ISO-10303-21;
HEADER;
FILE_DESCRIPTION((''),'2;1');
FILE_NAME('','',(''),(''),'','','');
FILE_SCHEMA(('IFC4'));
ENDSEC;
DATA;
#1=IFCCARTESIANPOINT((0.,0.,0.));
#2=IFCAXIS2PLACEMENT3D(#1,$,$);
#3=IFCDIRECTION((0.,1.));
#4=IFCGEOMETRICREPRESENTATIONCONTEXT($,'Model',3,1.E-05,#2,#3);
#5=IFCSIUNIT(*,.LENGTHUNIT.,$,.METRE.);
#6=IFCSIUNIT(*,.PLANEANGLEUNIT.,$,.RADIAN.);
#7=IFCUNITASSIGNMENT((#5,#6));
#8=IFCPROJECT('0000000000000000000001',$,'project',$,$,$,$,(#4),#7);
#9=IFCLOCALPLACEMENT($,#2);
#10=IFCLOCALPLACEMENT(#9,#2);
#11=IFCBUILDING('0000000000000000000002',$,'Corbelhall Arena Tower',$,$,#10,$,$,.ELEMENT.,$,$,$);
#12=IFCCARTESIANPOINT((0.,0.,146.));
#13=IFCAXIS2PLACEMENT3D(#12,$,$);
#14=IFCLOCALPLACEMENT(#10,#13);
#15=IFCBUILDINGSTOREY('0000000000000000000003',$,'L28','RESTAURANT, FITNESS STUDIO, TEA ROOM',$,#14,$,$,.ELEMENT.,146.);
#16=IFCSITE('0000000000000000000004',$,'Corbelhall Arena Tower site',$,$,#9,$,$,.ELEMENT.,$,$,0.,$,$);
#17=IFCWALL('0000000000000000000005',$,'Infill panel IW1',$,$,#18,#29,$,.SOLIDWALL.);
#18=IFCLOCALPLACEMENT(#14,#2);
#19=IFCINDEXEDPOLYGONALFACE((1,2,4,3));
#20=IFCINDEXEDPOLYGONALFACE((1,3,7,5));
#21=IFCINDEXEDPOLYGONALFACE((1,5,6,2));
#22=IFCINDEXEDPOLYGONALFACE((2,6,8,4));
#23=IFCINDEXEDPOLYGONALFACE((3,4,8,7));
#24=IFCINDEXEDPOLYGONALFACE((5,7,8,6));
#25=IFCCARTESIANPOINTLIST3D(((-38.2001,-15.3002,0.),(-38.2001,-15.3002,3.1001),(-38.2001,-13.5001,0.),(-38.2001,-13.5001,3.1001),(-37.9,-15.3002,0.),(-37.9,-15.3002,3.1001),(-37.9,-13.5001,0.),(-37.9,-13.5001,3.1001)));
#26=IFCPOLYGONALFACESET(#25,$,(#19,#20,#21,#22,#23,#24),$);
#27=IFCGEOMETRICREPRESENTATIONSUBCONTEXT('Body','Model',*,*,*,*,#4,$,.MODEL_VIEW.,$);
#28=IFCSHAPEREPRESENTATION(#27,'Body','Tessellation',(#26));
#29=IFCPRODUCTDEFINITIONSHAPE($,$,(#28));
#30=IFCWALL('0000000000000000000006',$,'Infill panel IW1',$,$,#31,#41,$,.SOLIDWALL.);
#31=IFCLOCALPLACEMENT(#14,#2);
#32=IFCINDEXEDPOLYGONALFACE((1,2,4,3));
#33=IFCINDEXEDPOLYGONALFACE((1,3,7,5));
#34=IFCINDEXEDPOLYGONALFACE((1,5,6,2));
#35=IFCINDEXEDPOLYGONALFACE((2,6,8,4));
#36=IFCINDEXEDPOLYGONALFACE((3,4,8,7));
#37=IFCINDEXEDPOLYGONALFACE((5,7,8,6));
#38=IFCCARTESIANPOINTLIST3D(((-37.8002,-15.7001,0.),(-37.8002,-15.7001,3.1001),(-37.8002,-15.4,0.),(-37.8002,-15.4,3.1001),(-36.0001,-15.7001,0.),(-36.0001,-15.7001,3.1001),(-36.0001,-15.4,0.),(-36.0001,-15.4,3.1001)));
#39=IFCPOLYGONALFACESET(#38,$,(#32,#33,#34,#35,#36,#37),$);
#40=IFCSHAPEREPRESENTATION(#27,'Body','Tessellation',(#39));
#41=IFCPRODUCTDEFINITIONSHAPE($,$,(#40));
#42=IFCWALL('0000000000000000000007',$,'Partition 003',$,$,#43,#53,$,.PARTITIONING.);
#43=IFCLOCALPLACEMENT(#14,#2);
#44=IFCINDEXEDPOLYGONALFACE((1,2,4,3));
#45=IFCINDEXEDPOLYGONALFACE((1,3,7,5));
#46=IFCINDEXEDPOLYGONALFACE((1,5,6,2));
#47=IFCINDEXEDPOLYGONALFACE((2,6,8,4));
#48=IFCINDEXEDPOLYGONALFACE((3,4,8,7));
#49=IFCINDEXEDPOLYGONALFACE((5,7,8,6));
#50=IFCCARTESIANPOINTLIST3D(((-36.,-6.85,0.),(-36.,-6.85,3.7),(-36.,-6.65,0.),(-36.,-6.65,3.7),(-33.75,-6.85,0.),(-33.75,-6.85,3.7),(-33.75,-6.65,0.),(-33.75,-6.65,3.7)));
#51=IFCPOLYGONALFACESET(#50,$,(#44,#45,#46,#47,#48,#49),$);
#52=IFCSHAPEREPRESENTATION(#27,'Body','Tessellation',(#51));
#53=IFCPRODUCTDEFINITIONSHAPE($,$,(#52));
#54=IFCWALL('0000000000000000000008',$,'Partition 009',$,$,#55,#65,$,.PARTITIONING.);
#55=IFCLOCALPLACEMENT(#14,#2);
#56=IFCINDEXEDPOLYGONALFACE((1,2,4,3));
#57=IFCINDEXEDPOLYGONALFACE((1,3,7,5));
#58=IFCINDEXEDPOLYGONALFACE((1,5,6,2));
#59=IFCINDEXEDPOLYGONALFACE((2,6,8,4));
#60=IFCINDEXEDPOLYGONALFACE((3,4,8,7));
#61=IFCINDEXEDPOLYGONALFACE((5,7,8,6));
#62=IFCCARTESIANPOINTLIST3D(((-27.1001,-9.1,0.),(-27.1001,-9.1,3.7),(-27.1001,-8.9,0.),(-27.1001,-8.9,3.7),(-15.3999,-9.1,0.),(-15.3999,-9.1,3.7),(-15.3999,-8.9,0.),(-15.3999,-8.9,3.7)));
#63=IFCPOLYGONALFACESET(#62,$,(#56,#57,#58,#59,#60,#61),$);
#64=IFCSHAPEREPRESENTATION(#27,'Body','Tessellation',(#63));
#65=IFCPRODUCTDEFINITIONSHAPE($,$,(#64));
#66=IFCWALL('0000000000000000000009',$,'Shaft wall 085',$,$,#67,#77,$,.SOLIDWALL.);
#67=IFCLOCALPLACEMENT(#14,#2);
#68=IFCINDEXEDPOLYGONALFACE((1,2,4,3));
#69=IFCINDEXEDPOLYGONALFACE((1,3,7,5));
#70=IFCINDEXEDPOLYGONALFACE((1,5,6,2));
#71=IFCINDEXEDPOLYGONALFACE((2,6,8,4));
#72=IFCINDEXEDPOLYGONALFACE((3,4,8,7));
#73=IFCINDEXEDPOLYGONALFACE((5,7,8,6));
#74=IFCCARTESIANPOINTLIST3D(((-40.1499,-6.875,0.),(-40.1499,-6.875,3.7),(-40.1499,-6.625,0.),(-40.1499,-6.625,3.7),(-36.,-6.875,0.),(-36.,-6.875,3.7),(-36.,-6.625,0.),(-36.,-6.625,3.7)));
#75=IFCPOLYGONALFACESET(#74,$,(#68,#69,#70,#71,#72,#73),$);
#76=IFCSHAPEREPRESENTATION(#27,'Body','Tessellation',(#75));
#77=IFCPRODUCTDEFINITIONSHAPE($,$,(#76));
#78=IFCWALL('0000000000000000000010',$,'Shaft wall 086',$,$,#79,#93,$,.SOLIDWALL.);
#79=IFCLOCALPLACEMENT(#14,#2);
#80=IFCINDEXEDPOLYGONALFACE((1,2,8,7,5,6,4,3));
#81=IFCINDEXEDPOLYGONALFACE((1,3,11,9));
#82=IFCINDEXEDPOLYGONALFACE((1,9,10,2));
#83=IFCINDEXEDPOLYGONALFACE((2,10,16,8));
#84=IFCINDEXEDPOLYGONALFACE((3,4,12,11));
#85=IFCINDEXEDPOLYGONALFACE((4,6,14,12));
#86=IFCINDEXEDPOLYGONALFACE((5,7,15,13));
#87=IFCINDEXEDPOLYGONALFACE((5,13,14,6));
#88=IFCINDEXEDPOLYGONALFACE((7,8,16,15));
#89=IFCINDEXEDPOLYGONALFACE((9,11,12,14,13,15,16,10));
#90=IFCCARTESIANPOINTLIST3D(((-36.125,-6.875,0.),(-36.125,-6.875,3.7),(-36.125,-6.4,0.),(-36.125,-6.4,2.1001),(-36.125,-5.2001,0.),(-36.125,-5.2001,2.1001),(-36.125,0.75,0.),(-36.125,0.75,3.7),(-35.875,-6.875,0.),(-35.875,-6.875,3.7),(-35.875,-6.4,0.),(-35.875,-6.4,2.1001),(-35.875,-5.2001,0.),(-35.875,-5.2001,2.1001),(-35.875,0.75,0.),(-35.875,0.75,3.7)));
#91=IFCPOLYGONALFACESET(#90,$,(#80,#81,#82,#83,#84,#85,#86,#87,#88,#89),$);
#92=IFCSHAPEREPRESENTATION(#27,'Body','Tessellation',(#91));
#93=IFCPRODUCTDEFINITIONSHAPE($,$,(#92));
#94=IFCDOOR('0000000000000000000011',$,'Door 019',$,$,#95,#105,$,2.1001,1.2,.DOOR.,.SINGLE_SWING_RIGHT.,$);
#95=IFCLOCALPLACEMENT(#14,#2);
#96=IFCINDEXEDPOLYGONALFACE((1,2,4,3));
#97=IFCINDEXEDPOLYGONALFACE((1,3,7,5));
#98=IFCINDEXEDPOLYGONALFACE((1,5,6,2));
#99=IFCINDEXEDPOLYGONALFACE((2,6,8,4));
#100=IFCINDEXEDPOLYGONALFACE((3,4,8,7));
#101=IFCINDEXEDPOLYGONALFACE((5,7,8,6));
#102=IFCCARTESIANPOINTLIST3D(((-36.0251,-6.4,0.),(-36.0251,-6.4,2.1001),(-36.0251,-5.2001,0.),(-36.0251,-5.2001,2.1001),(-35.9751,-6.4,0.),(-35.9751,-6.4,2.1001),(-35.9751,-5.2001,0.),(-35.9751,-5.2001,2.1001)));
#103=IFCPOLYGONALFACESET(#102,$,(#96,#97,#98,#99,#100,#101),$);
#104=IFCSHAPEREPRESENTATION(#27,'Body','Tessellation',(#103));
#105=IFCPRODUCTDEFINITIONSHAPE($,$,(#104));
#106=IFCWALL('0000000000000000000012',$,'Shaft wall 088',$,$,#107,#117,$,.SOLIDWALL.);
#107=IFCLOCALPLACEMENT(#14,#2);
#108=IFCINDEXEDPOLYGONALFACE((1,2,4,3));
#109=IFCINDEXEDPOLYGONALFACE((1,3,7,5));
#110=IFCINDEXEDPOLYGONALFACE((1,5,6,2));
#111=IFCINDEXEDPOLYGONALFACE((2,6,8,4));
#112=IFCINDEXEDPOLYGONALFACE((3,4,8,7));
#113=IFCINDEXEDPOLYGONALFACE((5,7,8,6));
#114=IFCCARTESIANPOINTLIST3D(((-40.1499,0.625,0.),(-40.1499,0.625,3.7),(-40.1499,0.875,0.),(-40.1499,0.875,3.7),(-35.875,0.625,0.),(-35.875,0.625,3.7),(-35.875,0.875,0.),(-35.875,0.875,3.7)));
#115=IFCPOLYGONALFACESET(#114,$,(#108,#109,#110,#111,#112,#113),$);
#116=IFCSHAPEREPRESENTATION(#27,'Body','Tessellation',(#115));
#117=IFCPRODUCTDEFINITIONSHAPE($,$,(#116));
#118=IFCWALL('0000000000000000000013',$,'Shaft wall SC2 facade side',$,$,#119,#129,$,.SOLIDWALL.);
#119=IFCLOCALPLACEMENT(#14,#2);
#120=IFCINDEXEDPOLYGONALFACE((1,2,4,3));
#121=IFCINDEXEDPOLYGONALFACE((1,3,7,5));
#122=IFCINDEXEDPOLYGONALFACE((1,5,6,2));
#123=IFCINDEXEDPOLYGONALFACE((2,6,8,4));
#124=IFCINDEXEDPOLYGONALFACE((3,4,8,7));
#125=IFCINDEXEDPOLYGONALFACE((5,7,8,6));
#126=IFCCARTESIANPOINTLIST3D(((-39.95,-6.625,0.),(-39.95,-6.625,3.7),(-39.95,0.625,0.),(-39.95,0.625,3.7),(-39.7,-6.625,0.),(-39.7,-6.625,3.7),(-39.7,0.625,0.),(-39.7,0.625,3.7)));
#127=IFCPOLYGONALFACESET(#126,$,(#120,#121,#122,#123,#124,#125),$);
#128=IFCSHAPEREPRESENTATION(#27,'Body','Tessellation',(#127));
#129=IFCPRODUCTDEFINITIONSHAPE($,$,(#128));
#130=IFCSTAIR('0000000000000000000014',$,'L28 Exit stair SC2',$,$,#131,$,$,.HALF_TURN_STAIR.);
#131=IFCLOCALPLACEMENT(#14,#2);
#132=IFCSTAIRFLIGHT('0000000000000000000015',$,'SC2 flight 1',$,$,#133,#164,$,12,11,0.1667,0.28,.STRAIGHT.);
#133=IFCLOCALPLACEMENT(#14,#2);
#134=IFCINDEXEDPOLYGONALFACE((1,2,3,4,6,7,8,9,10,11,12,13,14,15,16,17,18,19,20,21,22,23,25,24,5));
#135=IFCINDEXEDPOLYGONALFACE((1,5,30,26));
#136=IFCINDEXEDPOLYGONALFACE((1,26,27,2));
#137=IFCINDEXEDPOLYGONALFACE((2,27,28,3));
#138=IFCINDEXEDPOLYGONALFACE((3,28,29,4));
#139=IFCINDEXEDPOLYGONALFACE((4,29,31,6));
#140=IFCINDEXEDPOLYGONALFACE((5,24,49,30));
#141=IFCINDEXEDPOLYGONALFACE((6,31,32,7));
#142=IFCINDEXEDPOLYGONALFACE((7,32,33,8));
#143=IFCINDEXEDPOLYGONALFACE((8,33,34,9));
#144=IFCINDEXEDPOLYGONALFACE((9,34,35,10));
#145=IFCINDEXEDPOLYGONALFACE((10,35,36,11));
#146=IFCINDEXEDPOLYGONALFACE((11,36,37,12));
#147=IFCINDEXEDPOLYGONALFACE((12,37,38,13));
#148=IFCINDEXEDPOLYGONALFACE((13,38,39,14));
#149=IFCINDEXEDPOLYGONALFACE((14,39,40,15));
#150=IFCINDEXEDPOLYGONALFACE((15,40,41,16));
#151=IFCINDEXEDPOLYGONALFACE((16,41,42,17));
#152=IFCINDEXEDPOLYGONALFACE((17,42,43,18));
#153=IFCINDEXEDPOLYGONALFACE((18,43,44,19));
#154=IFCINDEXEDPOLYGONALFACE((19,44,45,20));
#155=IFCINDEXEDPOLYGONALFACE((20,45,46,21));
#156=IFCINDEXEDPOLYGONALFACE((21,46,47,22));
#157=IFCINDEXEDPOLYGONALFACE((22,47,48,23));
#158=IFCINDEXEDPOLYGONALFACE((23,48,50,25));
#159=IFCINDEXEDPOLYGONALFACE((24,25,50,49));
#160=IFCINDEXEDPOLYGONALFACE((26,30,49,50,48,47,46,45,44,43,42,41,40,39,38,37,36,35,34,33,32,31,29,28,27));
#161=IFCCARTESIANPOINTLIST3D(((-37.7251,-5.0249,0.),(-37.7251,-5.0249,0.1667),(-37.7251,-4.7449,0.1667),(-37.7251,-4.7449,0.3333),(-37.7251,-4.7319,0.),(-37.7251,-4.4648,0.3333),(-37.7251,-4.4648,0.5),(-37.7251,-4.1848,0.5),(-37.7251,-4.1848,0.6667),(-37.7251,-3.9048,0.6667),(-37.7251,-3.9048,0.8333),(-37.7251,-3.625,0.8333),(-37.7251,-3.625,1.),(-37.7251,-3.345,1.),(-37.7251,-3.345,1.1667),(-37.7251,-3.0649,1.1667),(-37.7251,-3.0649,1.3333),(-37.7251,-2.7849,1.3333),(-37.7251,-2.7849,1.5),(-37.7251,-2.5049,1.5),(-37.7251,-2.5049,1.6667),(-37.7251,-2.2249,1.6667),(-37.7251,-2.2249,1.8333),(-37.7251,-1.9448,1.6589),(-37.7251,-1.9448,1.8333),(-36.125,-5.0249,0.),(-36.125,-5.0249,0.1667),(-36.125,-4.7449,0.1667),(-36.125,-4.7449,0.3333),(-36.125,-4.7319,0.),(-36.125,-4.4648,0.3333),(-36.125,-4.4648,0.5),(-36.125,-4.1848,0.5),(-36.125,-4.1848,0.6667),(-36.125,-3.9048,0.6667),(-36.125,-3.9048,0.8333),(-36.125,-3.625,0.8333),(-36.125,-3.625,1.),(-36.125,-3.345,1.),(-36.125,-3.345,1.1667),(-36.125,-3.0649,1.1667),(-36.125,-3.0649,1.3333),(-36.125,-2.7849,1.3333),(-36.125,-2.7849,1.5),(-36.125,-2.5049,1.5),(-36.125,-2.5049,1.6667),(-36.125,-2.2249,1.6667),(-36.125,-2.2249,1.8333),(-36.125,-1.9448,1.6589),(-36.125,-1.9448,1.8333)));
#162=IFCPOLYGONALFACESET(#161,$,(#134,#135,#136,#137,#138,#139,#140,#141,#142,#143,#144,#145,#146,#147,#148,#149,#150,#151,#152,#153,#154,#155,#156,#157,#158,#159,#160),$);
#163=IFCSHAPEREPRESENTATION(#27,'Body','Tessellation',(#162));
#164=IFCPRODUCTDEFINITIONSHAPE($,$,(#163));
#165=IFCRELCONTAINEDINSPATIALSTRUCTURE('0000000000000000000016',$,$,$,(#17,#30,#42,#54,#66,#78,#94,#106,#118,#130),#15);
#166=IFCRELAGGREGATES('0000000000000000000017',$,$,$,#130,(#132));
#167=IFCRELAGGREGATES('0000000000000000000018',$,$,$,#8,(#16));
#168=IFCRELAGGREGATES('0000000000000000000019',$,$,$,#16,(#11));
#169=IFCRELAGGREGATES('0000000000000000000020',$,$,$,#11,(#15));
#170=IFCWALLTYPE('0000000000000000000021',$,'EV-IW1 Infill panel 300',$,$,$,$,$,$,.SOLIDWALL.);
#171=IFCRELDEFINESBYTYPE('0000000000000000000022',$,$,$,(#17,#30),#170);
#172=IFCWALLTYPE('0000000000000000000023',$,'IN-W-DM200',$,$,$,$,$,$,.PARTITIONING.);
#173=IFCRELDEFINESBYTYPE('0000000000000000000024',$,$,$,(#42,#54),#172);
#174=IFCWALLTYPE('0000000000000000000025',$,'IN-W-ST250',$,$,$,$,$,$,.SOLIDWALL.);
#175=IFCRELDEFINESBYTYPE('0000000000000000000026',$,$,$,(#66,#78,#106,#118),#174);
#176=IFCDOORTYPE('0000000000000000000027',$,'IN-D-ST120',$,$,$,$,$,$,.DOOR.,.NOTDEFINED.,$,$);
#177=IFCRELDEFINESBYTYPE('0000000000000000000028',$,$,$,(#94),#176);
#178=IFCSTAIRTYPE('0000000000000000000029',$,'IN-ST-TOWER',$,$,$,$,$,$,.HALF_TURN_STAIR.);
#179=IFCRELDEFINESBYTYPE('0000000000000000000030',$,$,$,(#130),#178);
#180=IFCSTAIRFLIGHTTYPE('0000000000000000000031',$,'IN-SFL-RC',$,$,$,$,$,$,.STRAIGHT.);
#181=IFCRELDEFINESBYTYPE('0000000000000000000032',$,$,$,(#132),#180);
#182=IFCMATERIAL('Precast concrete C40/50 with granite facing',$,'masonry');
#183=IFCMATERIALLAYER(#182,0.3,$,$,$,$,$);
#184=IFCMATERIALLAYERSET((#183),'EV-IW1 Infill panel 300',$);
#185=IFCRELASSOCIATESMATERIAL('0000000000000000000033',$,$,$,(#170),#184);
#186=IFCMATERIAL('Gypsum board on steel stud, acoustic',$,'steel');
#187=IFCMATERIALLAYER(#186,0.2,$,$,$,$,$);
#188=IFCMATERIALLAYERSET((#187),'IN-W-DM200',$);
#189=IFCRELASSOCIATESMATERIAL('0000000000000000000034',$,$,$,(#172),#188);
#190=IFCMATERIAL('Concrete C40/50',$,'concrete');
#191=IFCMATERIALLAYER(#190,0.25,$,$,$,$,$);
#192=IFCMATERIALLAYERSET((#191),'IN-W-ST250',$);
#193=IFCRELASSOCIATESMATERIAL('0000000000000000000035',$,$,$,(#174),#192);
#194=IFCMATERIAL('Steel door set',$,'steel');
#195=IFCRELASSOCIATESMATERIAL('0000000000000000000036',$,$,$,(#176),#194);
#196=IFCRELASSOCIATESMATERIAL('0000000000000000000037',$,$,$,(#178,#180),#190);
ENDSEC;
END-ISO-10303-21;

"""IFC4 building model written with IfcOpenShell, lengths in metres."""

from ifc_helpers import new_model, si_unit, direction, frame, frame_2d, origin, place, context, subcontext, project, spatial, polyline, rectangle, outline, extrude, material, layer, layer_set, type_object, element, fill, aggregate, save


model = new_model("IFC4")

# Units and contexts
model_context = context("Model", 3, precision=1e-05, world=origin(), true_north=direction((0.0, 1.0)))
body_context = subcontext(model_context, "Body", "Model", "MODEL_VIEW")
ifc_project = project(units=[si_unit("LENGTHUNIT", "METRE"), si_unit("PLANEANGLEUNIT", "RADIAN")], contexts=[model_context])

# Site, building, storey
site_placement = place(None, origin())
site = spatial("IfcSite", under=ifc_project, at=site_placement, Name="Corbelhall Arena Tower site", CompositionType="ELEMENT", RefElevation=0.0)
building_placement = place(site_placement, origin())
building = spatial("IfcBuilding", under=site, at=building_placement, Name="Corbelhall Arena Tower", CompositionType="ELEMENT")
storey_placement = place(building_placement, frame((0.0, 0.0, 146.0)))
storey = spatial("IfcBuildingStorey", under=building, at=storey_placement, Name="L28", Description="RESTAURANT, FITNESS STUDIO, TEA ROOM", CompositionType="ELEMENT", Elevation=146.0)

# Walls
ifc_material_1 = material(Name="Precast concrete C40/50 with granite facing", Category="masonry")
ifc_layer_1 = layer(ifc_material_1, 0.3)
ifc_layer_set_1 = layer_set([ifc_layer_1], Name="EV-IW1 Infill panel 300")
wall_type_1 = type_object("IfcWallType", Name="EV-IW1 Infill panel 300", PredefinedType="SOLIDWALL", material=ifc_layer_set_1)
for number, where, z_axis, x_axis, name in (
    (1, (-38.05, -15.3, 0.0), (0.0, 0.0, 1.0), (0.0, 1.0, 0.0), "Infill panel IW1"),
    (2, (-37.8, -15.55, 0.0), (0.0, 0.0, 1.0), (1.0, 0.0, 0.0), "Infill panel IW1"),
):
    element("IfcWall", number, at=place(storey_placement, frame(where, z_axis=z_axis, x_axis=x_axis)), inside=storey, type_object=wall_type_1, Name=name, PredefinedType="SOLIDWALL", context=body_context, shape_type="SweptSolid", body=[
        extrude(rectangle(XDim=1.8, YDim=0.3, at=frame_2d((0.8999, 0.0))), origin(), (0.0, 0.0, 1.0), 3.1001),
    ])

# Walls
ifc_material_2 = material(Name="Gypsum board on steel stud, acoustic", Category="steel")
ifc_layer_2 = layer(ifc_material_2, 0.2)
ifc_layer_set_2 = layer_set([ifc_layer_2], Name="IN-W-DM200")
wall_type_2 = type_object("IfcWallType", Name="IN-W-DM200", PredefinedType="PARTITIONING", material=ifc_layer_set_2)
wall_1_placement = place(storey_placement, frame((-33.75, -6.75, 0.0), z_axis=(0.0, 0.0, 1.0), x_axis=(-1.0, 0.0, 0.0)))
element("IfcWall", 3, at=wall_1_placement, inside=storey, type_object=wall_type_2, Name="Partition 003", PredefinedType="PARTITIONING", context=body_context, shape_type="SweptSolid", body=[
    extrude(rectangle(XDim=2.25, YDim=0.2, at=frame_2d((1.125, 0.0))), origin(), (0.0, 0.0, 1.0), 3.7),
])
wall_2_placement = place(storey_placement, frame((-27.1001, -9.0, 0.0), z_axis=(0.0, 0.0, 1.0), x_axis=(1.0, 0.0, 0.0)))
element("IfcWall", 4, at=wall_2_placement, inside=storey, type_object=wall_type_2, Name="Partition 009", PredefinedType="PARTITIONING", context=body_context, shape_type="SweptSolid", body=[
    extrude(rectangle(XDim=11.7002, YDim=0.2, at=frame_2d((5.8501, 0.0))), origin(), (0.0, 0.0, 1.0), 3.7),
])
ifc_material_3 = material(Name="Concrete C40/50", Category="concrete")
ifc_layer_3 = layer(ifc_material_3, 0.25)
ifc_layer_set_3 = layer_set([ifc_layer_3], Name="IN-W-ST250")
wall_type_3 = type_object("IfcWallType", Name="IN-W-ST250", PredefinedType="SOLIDWALL", material=ifc_layer_set_3)
wall_3_placement = place(storey_placement, frame((-36.0, -6.75, 0.0), z_axis=(0.0, 0.0, 1.0), x_axis=(-1.0, 0.0, 0.0)))
element("IfcWall", 5, at=wall_3_placement, inside=storey, type_object=wall_type_3, Name="Shaft wall 085", PredefinedType="SOLIDWALL", context=body_context, shape_type="SweptSolid", body=[
    extrude(rectangle(XDim=4.1499, YDim=0.25, at=frame_2d((2.075, 0.0))), origin(), (0.0, 0.0, 1.0), 3.7),
])

# Wall, opening, door
wall_4_placement = place(storey_placement, frame((-36.0, 0.75, 0.0), z_axis=(0.0, 0.0, 1.0), x_axis=(0.0, -1.0, 0.0)))
wall_4 = element("IfcWall", 6, at=wall_4_placement, inside=storey, type_object=wall_type_3, Name="Shaft wall 086", PredefinedType="SOLIDWALL", context=body_context, shape_type="SweptSolid", body=[
    extrude(rectangle(XDim=7.625, YDim=0.25, at=frame_2d((3.8125, 0.0))), origin(), (0.0, 0.0, 1.0), 3.7),
])
opening_1_placement = place(wall_4_placement, frame((5.95, 0.0, 0.0)))
opening_1 = element("IfcOpeningElement", 7, at=opening_1_placement, cuts=wall_4, PredefinedType="OPENING", context=body_context, shape_type="SweptSolid", body=[
    extrude(rectangle(XDim=1.2, YDim=2.1001, at=frame_2d((0.6001, 1.05))), frame((0.0, 0.125, 0.0), z_axis=(0.0, -1.0, 0.0), x_axis=(1.0, 0.0, 0.0)), (0.0, 0.0, 1.0), 0.25),
])
ifc_material_4 = material(Name="Steel door set", Category="steel")
door_type = type_object("IfcDoorType", Name="IN-D-ST120", OperationType="NOTDEFINED", PredefinedType="DOOR", material=ifc_material_4)
door_placement = place(opening_1_placement, origin())
door = element("IfcDoor", 8, at=door_placement, inside=storey, type_object=door_type, Name="Door 019", OperationType="SINGLE_SWING_RIGHT", OverallHeight=2.1001, OverallWidth=1.2, PredefinedType="DOOR", context=body_context, shape_type="SweptSolid", body=[
    extrude(rectangle(XDim=1.2, YDim=2.1001, at=frame_2d((0.6001, 1.05))), frame((0.0, 0.0249, 0.0), z_axis=(0.0, -1.0, 0.0), x_axis=(1.0, 0.0, 0.0)), (0.0, 0.0, 1.0), 0.05),
])
fill(opening_1, door)

# Walls
wall_5_placement = place(storey_placement, frame((-35.875, 0.75, 0.0), z_axis=(0.0, 0.0, 1.0), x_axis=(-1.0, 0.0, 0.0)))
element("IfcWall", 9, at=wall_5_placement, inside=storey, type_object=wall_type_3, Name="Shaft wall 088", PredefinedType="SOLIDWALL", context=body_context, shape_type="SweptSolid", body=[
    extrude(rectangle(XDim=4.2749, YDim=0.25, at=frame_2d((2.1375, 0.0))), origin(), (0.0, 0.0, 1.0), 3.7),
])
wall_6_placement = place(storey_placement, frame((-39.825, -6.625, 0.0), z_axis=(0.0, 0.0, 1.0), x_axis=(0.0, 1.0, 0.0)))
element("IfcWall", 10, at=wall_6_placement, inside=storey, type_object=wall_type_3, Name="Shaft wall SC2 facade side", PredefinedType="SOLIDWALL", context=body_context, shape_type="SweptSolid", body=[
    extrude(rectangle(XDim=7.25, YDim=0.25, at=frame_2d((3.625, 0.0))), origin(), (0.0, 0.0, 1.0), 3.7),
])

# Stair, stair flight
stair_type = type_object("IfcStairType", Name="IN-ST-TOWER", PredefinedType="HALF_TURN_STAIR", material=ifc_material_3)
stair_placement = place(storey_placement, origin())
stair = element("IfcStair", 11, at=stair_placement, inside=storey, type_object=stair_type, Name="L28 Exit stair SC2", PredefinedType="HALF_TURN_STAIR")
stair_flight_type = type_object("IfcStairFlightType", Name="IN-SFL-RC", PredefinedType="STRAIGHT", material=ifc_material_3)
stair_flight_1_placement = place(storey_placement, frame((-36.925, -5.0249, 0.0), z_axis=(0.0, 0.0, 1.0), x_axis=(0.0, 1.0, 0.0)))
stair_flight_1 = element("IfcStairFlight", 12, at=stair_flight_1_placement, type_object=stair_flight_type, Name="SC2 flight 1", NumberOfRisers=12, NumberOfTreads=11, PredefinedType="STRAIGHT", RiserHeight=0.1667, TreadLength=0.28, context=body_context, shape_type="SweptSolid", body=[
    extrude(outline(polyline([(0.0, 0.0), (0.0, 0.1667), (0.28, 0.1667), (0.28, 0.3333), (0.5601, 0.3333), (0.5601, 0.5), (0.8401, 0.5), (0.8401, 0.6667), (1.1201, 0.6667), (1.1201, 0.8333), (1.3999, 0.8333), (1.3999, 1.0), (1.6799, 1.0), (1.6799, 1.1667), (1.96, 1.1667), (1.96, 1.3333), (2.24, 1.3333), (2.24, 1.5), (2.52, 1.5), (2.52, 1.6667), (2.8, 1.6667), (2.8, 1.8333), (3.0801, 1.8333), (3.0801, 2.0), (3.0801, 1.6589), (0.293, 0.0), (0.0, 0.0)])), frame((0.0, 0.8, 0.0), z_axis=(0.0, -1.0, 0.0), x_axis=(1.0, 0.0, 0.0)), (0.0, 0.0, 1.0), 1.6001),
])
aggregate(stair, [stair_flight_1])

save(model, "model.ifc")
